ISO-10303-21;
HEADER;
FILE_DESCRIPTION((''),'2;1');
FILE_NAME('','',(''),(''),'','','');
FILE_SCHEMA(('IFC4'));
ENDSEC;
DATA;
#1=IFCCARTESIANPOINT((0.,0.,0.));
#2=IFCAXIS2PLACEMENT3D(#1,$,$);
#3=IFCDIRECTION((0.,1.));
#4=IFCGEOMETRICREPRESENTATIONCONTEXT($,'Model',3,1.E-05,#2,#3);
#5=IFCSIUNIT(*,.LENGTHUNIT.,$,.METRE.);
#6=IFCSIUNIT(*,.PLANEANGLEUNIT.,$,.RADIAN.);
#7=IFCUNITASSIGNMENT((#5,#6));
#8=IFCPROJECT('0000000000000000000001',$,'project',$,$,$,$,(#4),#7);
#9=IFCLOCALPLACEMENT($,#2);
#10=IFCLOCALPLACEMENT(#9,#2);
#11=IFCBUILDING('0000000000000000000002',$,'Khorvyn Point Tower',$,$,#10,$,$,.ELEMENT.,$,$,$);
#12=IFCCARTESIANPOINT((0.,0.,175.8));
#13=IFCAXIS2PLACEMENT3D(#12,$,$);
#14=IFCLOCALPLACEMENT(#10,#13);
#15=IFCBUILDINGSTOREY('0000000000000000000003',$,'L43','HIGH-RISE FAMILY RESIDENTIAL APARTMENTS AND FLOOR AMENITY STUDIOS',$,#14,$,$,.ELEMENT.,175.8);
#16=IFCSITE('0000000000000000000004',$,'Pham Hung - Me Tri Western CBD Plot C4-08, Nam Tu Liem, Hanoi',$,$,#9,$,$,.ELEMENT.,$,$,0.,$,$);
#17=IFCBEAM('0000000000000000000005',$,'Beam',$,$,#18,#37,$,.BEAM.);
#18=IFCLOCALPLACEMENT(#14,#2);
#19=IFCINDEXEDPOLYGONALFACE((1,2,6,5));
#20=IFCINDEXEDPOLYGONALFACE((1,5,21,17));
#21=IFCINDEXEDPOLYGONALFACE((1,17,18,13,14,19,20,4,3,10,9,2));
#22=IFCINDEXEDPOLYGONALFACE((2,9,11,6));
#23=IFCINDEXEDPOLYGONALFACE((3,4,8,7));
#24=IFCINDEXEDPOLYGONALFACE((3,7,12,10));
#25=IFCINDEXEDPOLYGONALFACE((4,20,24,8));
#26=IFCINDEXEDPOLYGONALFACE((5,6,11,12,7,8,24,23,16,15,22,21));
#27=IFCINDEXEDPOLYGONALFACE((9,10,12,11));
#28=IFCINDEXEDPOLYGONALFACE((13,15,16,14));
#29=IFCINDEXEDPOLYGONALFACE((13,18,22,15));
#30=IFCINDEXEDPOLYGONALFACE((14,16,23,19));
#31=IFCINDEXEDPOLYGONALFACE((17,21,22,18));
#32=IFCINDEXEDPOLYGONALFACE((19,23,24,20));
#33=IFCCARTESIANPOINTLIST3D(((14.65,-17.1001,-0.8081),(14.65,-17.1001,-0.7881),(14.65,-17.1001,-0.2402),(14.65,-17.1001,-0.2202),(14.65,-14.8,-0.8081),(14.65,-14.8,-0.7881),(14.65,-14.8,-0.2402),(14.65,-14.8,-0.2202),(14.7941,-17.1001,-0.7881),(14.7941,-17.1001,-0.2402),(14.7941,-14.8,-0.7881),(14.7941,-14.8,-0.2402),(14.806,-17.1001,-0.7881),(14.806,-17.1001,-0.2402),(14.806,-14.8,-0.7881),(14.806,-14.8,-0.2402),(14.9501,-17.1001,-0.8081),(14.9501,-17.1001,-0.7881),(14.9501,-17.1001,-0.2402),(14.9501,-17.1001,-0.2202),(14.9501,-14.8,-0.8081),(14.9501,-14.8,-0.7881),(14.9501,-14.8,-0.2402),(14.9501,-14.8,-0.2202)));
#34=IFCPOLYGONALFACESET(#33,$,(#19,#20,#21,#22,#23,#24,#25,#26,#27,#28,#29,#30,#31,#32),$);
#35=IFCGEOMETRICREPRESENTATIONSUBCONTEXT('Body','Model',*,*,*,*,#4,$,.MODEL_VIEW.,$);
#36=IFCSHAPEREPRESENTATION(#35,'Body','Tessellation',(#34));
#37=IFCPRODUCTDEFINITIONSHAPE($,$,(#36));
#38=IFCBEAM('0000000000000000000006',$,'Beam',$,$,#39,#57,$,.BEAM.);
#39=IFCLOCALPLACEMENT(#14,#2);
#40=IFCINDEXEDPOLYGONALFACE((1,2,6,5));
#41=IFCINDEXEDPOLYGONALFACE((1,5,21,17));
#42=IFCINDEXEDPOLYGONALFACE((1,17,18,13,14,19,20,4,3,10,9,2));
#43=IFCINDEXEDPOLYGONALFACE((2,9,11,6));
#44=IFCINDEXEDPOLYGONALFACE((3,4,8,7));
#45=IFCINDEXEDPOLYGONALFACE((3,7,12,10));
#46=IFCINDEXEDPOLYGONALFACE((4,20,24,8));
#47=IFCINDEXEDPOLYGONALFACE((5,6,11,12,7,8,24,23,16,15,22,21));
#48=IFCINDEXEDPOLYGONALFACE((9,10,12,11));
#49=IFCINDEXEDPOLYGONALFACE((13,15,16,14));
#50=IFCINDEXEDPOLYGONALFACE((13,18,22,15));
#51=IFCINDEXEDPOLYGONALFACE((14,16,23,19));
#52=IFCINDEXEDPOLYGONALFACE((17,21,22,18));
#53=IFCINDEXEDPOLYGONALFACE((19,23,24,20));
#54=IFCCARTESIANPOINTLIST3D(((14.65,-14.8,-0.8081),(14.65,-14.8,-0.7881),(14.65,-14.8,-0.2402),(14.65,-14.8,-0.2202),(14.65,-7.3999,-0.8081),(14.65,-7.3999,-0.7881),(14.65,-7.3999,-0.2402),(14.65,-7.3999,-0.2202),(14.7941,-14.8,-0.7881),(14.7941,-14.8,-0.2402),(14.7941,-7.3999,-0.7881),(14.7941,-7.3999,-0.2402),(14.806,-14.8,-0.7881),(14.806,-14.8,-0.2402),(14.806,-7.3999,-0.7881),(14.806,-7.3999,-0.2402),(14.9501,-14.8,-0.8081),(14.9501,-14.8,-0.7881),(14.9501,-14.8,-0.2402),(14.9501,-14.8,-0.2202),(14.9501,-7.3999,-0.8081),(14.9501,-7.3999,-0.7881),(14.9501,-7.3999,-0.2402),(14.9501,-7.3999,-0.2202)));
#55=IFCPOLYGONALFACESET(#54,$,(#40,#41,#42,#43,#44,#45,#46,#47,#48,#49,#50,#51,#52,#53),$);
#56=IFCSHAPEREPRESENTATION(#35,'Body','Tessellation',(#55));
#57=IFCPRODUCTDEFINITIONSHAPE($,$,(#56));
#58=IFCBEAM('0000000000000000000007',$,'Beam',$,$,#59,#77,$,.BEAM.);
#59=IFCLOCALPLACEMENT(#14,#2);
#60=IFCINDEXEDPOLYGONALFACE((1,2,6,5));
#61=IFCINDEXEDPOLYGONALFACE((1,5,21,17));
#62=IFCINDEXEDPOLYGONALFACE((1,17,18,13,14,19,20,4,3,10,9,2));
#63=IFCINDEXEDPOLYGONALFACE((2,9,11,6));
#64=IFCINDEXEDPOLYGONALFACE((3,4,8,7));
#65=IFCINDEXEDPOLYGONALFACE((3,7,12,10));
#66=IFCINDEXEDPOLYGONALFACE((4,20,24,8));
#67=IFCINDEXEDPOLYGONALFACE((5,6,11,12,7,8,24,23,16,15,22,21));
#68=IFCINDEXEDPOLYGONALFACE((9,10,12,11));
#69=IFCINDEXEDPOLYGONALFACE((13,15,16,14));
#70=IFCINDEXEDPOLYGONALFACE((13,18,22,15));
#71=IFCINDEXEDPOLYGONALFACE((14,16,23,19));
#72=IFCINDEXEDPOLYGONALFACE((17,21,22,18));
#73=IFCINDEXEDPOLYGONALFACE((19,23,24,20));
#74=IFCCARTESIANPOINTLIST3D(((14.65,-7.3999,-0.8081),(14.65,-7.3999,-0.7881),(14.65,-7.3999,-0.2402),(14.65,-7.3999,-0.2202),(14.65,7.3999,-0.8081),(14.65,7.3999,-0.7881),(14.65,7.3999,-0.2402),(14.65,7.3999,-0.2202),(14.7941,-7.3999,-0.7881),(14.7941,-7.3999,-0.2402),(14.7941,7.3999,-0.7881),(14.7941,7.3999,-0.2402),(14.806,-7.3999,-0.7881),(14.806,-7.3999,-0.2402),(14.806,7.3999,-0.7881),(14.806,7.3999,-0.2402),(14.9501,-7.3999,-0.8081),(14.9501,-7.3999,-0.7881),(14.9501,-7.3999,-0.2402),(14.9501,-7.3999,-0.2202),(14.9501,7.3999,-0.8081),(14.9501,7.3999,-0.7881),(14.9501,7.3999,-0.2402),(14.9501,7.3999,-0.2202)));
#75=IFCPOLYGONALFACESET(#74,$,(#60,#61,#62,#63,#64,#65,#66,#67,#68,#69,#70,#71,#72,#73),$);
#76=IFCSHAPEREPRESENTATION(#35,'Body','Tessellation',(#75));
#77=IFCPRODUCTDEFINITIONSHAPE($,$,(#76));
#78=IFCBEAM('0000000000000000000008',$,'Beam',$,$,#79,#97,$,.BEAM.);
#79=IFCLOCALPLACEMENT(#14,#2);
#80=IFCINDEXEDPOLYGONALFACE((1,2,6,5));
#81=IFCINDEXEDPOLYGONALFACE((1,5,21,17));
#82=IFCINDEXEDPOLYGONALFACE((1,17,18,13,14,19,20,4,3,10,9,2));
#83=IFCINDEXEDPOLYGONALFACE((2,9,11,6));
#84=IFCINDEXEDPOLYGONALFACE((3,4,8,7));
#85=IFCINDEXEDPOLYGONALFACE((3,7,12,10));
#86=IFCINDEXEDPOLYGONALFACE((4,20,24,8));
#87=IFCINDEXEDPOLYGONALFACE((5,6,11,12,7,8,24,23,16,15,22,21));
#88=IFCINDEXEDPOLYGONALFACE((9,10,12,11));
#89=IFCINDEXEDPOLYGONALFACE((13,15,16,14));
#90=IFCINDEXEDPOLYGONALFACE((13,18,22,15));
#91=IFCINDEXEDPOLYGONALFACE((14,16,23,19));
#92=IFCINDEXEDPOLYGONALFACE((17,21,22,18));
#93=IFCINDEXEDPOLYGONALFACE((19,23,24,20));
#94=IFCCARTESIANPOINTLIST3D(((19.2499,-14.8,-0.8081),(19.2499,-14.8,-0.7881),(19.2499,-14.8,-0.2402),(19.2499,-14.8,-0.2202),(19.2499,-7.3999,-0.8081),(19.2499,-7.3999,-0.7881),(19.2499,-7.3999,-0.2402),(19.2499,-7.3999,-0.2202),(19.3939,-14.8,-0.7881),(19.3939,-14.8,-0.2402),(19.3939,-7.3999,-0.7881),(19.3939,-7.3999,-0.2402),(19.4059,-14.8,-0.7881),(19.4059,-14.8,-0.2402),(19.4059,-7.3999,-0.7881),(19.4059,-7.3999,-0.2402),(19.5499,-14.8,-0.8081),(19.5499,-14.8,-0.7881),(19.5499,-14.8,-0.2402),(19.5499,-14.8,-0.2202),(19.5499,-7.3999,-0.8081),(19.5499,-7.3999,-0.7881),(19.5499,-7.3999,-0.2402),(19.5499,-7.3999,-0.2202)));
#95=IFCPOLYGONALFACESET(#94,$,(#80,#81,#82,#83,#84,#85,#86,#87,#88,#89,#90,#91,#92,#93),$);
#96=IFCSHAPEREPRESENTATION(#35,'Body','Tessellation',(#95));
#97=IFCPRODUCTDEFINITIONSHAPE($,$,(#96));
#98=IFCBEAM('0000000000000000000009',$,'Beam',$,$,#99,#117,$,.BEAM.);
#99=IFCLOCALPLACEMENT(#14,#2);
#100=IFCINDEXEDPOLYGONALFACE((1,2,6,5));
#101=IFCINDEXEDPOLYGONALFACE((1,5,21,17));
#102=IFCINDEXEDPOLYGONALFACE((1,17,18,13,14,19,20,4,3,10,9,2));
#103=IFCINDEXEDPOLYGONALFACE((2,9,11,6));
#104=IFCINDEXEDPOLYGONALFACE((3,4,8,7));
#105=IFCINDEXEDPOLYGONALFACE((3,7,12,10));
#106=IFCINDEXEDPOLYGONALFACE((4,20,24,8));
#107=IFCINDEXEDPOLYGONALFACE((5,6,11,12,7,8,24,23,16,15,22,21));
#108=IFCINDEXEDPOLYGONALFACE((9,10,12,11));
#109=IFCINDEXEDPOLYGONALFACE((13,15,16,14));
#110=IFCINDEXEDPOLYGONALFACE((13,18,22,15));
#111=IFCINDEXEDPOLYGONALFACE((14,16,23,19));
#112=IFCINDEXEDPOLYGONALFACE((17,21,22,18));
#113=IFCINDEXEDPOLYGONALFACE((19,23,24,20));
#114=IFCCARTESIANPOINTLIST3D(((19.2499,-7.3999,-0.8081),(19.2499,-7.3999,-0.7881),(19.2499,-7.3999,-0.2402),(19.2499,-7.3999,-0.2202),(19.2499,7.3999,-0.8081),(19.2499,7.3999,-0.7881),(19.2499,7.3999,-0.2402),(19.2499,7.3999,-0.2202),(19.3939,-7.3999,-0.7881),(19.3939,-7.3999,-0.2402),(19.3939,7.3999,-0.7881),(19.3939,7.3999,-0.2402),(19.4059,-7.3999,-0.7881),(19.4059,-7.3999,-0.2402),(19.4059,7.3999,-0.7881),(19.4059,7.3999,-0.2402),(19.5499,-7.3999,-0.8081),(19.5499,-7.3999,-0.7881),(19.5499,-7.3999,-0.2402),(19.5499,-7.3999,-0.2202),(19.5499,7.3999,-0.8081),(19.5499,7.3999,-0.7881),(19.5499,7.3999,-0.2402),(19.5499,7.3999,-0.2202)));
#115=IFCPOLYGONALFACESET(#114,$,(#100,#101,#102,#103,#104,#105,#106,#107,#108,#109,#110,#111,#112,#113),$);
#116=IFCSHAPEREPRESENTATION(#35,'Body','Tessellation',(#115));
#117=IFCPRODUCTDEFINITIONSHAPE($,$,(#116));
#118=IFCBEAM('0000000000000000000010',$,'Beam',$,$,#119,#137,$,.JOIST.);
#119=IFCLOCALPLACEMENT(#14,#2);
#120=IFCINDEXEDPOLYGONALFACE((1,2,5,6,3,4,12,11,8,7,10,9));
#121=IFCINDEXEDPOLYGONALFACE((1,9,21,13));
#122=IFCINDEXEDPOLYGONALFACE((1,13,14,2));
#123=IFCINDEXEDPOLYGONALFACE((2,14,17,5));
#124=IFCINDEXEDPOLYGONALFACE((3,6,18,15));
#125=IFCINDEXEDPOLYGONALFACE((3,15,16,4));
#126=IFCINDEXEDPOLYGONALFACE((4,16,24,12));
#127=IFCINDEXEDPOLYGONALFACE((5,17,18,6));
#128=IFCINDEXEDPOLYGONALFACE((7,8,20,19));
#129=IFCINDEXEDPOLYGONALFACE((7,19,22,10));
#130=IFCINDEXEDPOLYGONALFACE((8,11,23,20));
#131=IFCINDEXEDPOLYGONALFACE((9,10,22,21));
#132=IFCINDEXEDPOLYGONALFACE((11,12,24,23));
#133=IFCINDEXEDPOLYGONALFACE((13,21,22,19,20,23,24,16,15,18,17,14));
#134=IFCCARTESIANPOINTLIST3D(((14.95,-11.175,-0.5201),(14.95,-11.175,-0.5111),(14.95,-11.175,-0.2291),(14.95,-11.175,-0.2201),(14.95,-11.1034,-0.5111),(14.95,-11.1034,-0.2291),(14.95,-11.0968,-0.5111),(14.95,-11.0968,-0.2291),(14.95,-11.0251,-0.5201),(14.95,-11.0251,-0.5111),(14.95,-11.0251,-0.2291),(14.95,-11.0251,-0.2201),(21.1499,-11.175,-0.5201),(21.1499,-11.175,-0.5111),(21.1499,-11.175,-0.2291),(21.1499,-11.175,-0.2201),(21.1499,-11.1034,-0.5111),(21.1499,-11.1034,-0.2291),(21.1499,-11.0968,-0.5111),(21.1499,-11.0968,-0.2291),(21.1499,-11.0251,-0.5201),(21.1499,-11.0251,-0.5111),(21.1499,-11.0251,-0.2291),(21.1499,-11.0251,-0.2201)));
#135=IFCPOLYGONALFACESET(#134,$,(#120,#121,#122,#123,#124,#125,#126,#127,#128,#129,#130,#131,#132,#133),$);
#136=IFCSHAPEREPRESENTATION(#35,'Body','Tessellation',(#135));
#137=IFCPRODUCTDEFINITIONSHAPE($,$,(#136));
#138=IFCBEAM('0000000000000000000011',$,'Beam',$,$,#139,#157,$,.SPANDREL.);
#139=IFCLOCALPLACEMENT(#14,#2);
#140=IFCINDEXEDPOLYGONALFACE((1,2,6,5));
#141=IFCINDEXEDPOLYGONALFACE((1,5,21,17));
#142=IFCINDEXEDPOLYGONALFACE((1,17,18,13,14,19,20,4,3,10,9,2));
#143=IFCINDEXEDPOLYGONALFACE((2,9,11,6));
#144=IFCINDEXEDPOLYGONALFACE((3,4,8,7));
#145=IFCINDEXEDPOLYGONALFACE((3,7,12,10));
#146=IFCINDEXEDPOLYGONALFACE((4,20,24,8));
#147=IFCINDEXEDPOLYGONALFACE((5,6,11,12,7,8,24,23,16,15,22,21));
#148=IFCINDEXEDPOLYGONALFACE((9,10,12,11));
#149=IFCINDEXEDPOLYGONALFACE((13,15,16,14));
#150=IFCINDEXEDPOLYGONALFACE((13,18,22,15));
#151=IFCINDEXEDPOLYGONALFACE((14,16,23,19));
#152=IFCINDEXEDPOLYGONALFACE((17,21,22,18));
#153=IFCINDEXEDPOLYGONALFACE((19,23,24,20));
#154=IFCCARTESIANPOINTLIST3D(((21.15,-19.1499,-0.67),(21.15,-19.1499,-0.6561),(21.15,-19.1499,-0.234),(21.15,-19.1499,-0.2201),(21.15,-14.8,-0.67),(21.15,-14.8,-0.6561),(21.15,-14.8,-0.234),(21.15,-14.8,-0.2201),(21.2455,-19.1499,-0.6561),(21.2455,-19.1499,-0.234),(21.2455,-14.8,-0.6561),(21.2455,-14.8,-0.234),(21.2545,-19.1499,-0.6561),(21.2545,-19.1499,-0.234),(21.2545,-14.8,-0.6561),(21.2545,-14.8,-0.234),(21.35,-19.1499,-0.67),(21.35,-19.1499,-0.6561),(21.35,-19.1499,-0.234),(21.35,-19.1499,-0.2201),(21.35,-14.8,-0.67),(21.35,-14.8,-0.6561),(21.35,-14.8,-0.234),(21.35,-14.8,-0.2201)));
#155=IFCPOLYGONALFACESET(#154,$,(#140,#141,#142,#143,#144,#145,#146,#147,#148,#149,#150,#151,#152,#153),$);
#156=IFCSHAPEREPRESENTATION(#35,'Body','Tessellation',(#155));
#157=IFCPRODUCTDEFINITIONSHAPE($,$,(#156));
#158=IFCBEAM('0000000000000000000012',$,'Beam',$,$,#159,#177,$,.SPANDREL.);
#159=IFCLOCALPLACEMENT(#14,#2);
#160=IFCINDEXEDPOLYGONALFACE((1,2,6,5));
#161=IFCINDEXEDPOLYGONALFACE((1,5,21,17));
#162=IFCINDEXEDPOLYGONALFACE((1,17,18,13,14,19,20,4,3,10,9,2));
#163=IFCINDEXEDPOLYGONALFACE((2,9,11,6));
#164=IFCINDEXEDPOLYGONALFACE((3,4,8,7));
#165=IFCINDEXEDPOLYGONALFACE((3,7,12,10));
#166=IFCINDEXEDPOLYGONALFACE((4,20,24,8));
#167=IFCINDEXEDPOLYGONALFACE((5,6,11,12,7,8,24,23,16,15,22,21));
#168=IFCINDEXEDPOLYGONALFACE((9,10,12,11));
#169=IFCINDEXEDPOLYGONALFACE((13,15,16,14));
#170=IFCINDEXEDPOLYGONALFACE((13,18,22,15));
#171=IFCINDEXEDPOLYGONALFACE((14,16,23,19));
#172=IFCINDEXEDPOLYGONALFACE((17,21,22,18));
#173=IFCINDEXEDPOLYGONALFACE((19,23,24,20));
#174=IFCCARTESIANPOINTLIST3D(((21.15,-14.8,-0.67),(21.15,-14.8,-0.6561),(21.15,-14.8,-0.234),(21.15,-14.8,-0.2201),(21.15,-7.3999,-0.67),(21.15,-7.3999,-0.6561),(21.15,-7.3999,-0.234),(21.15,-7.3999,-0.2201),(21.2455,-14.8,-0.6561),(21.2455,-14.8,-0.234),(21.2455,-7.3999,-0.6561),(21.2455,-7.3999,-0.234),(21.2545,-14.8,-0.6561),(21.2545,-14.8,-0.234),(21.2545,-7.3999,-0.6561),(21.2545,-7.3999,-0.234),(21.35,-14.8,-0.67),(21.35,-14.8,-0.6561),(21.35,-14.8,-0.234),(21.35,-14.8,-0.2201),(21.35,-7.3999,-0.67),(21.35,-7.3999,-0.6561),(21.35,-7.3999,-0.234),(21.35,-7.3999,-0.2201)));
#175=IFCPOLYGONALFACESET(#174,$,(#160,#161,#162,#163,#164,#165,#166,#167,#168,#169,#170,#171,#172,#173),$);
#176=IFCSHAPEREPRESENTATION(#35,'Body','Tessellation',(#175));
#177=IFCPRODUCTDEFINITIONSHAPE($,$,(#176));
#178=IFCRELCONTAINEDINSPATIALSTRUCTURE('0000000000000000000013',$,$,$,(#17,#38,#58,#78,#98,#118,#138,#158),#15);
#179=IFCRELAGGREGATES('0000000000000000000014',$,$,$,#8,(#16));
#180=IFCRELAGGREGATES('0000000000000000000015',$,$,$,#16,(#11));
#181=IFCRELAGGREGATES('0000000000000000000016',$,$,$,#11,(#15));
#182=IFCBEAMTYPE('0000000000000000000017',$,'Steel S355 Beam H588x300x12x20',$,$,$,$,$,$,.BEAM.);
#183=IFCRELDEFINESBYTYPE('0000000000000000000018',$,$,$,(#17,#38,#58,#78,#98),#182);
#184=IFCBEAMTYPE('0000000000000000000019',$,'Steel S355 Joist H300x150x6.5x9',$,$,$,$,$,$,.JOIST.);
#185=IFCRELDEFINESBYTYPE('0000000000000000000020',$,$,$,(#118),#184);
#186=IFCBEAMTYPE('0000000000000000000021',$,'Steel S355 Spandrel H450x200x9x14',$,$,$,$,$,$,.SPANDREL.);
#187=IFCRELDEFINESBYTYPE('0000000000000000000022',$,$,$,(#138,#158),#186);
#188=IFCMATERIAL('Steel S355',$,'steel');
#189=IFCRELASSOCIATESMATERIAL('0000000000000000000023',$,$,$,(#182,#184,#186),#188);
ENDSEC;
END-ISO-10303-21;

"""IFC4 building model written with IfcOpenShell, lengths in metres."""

from ifc_helpers import new_model, si_unit, direction, frame, origin, origin_2d, place, context, subcontext, project, spatial, i_section, extrude, material, material_profile, profile_set, type_object, element, save


model = new_model("IFC4")

# Units and contexts
model_context = context("Model", 3, precision=1e-05, world=origin(), true_north=direction((0.0, 1.0)))
body_context = subcontext(model_context, "Body", "Model", "MODEL_VIEW")
ifc_project = project(units=[si_unit("LENGTHUNIT", "METRE"), si_unit("PLANEANGLEUNIT", "RADIAN")], contexts=[model_context])

# Site, building, storey
site_placement = place(None, origin())
site = spatial("IfcSite", under=ifc_project, at=site_placement, Name="Pham Hung - Me Tri Western CBD Plot C4-08, Nam Tu Liem, Hanoi", CompositionType="ELEMENT", RefElevation=0.0)
building_placement = place(site_placement, origin())
building = spatial("IfcBuilding", under=site, at=building_placement, Name="Khorvyn Point Tower", CompositionType="ELEMENT")
storey_placement = place(building_placement, frame((0.0, 0.0, 175.8)))
storey = spatial("IfcBuildingStorey", under=building, at=storey_placement, Name="L43", Description="HIGH-RISE FAMILY RESIDENTIAL APARTMENTS AND FLOOR AMENITY STUDIOS", CompositionType="ELEMENT", Elevation=175.8)

# Beams
ifc_material_1 = material(Name="Steel S355", Category="steel")
ifc_material_profile_1 = material_profile(ifc_material_1, i_section(OverallWidth=0.3, OverallDepth=0.5879, WebThickness=0.012, FlangeThickness=0.02, at=origin_2d()))
ifc_profile_set_1 = profile_set([ifc_material_profile_1], Name="Steel S355 H588x300x12x20")
beam_type_1 = type_object("IfcBeamType", Name="Steel S355 Beam H588x300x12x20", PredefinedType="BEAM", material=ifc_profile_set_1)
beam_1_placement = place(storey_placement, frame((14.8, -17.1001, -0.5142), z_axis=(0.0, 1.0, 0.0), x_axis=(-1.0, 0.0, 0.0)))
element("IfcBeam", 1, at=beam_1_placement, inside=storey, type_object=beam_type_1, Name="Beam", PredefinedType="BEAM", context=body_context, shape_type="SweptSolid", body=[
    extrude(i_section(OverallWidth=0.3, OverallDepth=0.5879, WebThickness=0.012, FlangeThickness=0.02, at=origin_2d()), origin(), (0.0, 0.0, 1.0), 2.3),
])
beam_2_placement = place(storey_placement, frame((14.8, -14.8, -0.5142), z_axis=(0.0, 1.0, 0.0), x_axis=(-1.0, 0.0, 0.0)))
element("IfcBeam", 2, at=beam_2_placement, inside=storey, type_object=beam_type_1, Name="Beam", PredefinedType="BEAM", context=body_context, shape_type="SweptSolid", body=[
    extrude(i_section(OverallWidth=0.3, OverallDepth=0.5879, WebThickness=0.012, FlangeThickness=0.02, at=origin_2d()), origin(), (0.0, 0.0, 1.0), 7.4001),
])
beam_3_placement = place(storey_placement, frame((14.8, -7.3999, -0.5142), z_axis=(0.0, 1.0, 0.0), x_axis=(-1.0, 0.0, 0.0)))
element("IfcBeam", 3, at=beam_3_placement, inside=storey, type_object=beam_type_1, Name="Beam", PredefinedType="BEAM", context=body_context, shape_type="SweptSolid", body=[
    extrude(i_section(OverallWidth=0.3, OverallDepth=0.5879, WebThickness=0.012, FlangeThickness=0.02, at=origin_2d()), origin(), (0.0, 0.0, 1.0), 14.7998),
])
beam_4_placement = place(storey_placement, frame((19.3999, -14.8, -0.5142), z_axis=(0.0, 1.0, 0.0), x_axis=(-1.0, 0.0, 0.0)))
element("IfcBeam", 4, at=beam_4_placement, inside=storey, type_object=beam_type_1, Name="Beam", PredefinedType="BEAM", context=body_context, shape_type="SweptSolid", body=[
    extrude(i_section(OverallWidth=0.3, OverallDepth=0.5879, WebThickness=0.012, FlangeThickness=0.02, at=origin_2d()), origin(), (0.0, 0.0, 1.0), 7.4001),
])
beam_5_placement = place(storey_placement, frame((19.3999, -7.3999, -0.5142), z_axis=(0.0, 1.0, 0.0), x_axis=(-1.0, 0.0, 0.0)))
element("IfcBeam", 5, at=beam_5_placement, inside=storey, type_object=beam_type_1, Name="Beam", PredefinedType="BEAM", context=body_context, shape_type="SweptSolid", body=[
    extrude(i_section(OverallWidth=0.3, OverallDepth=0.5879, WebThickness=0.012, FlangeThickness=0.02, at=origin_2d()), origin(), (0.0, 0.0, 1.0), 14.7998),
])
ifc_material_profile_2 = material_profile(ifc_material_1, i_section(OverallWidth=0.1499, OverallDepth=0.3, WebThickness=0.0066, FlangeThickness=0.009, at=origin_2d()))
ifc_profile_set_2 = profile_set([ifc_material_profile_2], Name="Steel S355 H300x150x6.5x9")
beam_type_2 = type_object("IfcBeamType", Name="Steel S355 Joist H300x150x6.5x9", PredefinedType="JOIST", material=ifc_profile_set_2)
beam_6_placement = place(storey_placement, frame((14.95, -11.1001, -0.3701), z_axis=(1.0, 0.0, 0.0), x_axis=(0.0, 1.0, 0.0)))
element("IfcBeam", 6, at=beam_6_placement, inside=storey, type_object=beam_type_2, Name="Beam", PredefinedType="JOIST", context=body_context, shape_type="SweptSolid", body=[
    extrude(i_section(OverallWidth=0.1499, OverallDepth=0.3, WebThickness=0.0066, FlangeThickness=0.009, at=origin_2d()), origin(), (0.0, 0.0, 1.0), 6.2),
])
ifc_material_profile_3 = material_profile(ifc_material_1, i_section(OverallWidth=0.2, OverallDepth=0.45, WebThickness=0.009, FlangeThickness=0.0139, at=origin_2d()))
ifc_profile_set_3 = profile_set([ifc_material_profile_3], Name="Steel S355 H450x200x9x14")
beam_type_3 = type_object("IfcBeamType", Name="Steel S355 Spandrel H450x200x9x14", PredefinedType="SPANDREL", material=ifc_profile_set_3)
beam_7_placement = place(storey_placement, frame((21.25, -19.1499, -0.4451), z_axis=(0.0, 1.0, 0.0), x_axis=(-1.0, 0.0, 0.0)))
element("IfcBeam", 7, at=beam_7_placement, inside=storey, type_object=beam_type_3, Name="Beam", PredefinedType="SPANDREL", context=body_context, shape_type="SweptSolid", body=[
    extrude(i_section(OverallWidth=0.2, OverallDepth=0.45, WebThickness=0.009, FlangeThickness=0.0139, at=origin_2d()), origin(), (0.0, 0.0, 1.0), 4.3499),
])
beam_8_placement = place(storey_placement, frame((21.25, -14.8, -0.4451), z_axis=(0.0, 1.0, 0.0), x_axis=(-1.0, 0.0, 0.0)))
element("IfcBeam", 8, at=beam_8_placement, inside=storey, type_object=beam_type_3, Name="Beam", PredefinedType="SPANDREL", context=body_context, shape_type="SweptSolid", body=[
    extrude(i_section(OverallWidth=0.2, OverallDepth=0.45, WebThickness=0.009, FlangeThickness=0.0139, at=origin_2d()), origin(), (0.0, 0.0, 1.0), 7.4001),
])

save(model, "model.ifc")
